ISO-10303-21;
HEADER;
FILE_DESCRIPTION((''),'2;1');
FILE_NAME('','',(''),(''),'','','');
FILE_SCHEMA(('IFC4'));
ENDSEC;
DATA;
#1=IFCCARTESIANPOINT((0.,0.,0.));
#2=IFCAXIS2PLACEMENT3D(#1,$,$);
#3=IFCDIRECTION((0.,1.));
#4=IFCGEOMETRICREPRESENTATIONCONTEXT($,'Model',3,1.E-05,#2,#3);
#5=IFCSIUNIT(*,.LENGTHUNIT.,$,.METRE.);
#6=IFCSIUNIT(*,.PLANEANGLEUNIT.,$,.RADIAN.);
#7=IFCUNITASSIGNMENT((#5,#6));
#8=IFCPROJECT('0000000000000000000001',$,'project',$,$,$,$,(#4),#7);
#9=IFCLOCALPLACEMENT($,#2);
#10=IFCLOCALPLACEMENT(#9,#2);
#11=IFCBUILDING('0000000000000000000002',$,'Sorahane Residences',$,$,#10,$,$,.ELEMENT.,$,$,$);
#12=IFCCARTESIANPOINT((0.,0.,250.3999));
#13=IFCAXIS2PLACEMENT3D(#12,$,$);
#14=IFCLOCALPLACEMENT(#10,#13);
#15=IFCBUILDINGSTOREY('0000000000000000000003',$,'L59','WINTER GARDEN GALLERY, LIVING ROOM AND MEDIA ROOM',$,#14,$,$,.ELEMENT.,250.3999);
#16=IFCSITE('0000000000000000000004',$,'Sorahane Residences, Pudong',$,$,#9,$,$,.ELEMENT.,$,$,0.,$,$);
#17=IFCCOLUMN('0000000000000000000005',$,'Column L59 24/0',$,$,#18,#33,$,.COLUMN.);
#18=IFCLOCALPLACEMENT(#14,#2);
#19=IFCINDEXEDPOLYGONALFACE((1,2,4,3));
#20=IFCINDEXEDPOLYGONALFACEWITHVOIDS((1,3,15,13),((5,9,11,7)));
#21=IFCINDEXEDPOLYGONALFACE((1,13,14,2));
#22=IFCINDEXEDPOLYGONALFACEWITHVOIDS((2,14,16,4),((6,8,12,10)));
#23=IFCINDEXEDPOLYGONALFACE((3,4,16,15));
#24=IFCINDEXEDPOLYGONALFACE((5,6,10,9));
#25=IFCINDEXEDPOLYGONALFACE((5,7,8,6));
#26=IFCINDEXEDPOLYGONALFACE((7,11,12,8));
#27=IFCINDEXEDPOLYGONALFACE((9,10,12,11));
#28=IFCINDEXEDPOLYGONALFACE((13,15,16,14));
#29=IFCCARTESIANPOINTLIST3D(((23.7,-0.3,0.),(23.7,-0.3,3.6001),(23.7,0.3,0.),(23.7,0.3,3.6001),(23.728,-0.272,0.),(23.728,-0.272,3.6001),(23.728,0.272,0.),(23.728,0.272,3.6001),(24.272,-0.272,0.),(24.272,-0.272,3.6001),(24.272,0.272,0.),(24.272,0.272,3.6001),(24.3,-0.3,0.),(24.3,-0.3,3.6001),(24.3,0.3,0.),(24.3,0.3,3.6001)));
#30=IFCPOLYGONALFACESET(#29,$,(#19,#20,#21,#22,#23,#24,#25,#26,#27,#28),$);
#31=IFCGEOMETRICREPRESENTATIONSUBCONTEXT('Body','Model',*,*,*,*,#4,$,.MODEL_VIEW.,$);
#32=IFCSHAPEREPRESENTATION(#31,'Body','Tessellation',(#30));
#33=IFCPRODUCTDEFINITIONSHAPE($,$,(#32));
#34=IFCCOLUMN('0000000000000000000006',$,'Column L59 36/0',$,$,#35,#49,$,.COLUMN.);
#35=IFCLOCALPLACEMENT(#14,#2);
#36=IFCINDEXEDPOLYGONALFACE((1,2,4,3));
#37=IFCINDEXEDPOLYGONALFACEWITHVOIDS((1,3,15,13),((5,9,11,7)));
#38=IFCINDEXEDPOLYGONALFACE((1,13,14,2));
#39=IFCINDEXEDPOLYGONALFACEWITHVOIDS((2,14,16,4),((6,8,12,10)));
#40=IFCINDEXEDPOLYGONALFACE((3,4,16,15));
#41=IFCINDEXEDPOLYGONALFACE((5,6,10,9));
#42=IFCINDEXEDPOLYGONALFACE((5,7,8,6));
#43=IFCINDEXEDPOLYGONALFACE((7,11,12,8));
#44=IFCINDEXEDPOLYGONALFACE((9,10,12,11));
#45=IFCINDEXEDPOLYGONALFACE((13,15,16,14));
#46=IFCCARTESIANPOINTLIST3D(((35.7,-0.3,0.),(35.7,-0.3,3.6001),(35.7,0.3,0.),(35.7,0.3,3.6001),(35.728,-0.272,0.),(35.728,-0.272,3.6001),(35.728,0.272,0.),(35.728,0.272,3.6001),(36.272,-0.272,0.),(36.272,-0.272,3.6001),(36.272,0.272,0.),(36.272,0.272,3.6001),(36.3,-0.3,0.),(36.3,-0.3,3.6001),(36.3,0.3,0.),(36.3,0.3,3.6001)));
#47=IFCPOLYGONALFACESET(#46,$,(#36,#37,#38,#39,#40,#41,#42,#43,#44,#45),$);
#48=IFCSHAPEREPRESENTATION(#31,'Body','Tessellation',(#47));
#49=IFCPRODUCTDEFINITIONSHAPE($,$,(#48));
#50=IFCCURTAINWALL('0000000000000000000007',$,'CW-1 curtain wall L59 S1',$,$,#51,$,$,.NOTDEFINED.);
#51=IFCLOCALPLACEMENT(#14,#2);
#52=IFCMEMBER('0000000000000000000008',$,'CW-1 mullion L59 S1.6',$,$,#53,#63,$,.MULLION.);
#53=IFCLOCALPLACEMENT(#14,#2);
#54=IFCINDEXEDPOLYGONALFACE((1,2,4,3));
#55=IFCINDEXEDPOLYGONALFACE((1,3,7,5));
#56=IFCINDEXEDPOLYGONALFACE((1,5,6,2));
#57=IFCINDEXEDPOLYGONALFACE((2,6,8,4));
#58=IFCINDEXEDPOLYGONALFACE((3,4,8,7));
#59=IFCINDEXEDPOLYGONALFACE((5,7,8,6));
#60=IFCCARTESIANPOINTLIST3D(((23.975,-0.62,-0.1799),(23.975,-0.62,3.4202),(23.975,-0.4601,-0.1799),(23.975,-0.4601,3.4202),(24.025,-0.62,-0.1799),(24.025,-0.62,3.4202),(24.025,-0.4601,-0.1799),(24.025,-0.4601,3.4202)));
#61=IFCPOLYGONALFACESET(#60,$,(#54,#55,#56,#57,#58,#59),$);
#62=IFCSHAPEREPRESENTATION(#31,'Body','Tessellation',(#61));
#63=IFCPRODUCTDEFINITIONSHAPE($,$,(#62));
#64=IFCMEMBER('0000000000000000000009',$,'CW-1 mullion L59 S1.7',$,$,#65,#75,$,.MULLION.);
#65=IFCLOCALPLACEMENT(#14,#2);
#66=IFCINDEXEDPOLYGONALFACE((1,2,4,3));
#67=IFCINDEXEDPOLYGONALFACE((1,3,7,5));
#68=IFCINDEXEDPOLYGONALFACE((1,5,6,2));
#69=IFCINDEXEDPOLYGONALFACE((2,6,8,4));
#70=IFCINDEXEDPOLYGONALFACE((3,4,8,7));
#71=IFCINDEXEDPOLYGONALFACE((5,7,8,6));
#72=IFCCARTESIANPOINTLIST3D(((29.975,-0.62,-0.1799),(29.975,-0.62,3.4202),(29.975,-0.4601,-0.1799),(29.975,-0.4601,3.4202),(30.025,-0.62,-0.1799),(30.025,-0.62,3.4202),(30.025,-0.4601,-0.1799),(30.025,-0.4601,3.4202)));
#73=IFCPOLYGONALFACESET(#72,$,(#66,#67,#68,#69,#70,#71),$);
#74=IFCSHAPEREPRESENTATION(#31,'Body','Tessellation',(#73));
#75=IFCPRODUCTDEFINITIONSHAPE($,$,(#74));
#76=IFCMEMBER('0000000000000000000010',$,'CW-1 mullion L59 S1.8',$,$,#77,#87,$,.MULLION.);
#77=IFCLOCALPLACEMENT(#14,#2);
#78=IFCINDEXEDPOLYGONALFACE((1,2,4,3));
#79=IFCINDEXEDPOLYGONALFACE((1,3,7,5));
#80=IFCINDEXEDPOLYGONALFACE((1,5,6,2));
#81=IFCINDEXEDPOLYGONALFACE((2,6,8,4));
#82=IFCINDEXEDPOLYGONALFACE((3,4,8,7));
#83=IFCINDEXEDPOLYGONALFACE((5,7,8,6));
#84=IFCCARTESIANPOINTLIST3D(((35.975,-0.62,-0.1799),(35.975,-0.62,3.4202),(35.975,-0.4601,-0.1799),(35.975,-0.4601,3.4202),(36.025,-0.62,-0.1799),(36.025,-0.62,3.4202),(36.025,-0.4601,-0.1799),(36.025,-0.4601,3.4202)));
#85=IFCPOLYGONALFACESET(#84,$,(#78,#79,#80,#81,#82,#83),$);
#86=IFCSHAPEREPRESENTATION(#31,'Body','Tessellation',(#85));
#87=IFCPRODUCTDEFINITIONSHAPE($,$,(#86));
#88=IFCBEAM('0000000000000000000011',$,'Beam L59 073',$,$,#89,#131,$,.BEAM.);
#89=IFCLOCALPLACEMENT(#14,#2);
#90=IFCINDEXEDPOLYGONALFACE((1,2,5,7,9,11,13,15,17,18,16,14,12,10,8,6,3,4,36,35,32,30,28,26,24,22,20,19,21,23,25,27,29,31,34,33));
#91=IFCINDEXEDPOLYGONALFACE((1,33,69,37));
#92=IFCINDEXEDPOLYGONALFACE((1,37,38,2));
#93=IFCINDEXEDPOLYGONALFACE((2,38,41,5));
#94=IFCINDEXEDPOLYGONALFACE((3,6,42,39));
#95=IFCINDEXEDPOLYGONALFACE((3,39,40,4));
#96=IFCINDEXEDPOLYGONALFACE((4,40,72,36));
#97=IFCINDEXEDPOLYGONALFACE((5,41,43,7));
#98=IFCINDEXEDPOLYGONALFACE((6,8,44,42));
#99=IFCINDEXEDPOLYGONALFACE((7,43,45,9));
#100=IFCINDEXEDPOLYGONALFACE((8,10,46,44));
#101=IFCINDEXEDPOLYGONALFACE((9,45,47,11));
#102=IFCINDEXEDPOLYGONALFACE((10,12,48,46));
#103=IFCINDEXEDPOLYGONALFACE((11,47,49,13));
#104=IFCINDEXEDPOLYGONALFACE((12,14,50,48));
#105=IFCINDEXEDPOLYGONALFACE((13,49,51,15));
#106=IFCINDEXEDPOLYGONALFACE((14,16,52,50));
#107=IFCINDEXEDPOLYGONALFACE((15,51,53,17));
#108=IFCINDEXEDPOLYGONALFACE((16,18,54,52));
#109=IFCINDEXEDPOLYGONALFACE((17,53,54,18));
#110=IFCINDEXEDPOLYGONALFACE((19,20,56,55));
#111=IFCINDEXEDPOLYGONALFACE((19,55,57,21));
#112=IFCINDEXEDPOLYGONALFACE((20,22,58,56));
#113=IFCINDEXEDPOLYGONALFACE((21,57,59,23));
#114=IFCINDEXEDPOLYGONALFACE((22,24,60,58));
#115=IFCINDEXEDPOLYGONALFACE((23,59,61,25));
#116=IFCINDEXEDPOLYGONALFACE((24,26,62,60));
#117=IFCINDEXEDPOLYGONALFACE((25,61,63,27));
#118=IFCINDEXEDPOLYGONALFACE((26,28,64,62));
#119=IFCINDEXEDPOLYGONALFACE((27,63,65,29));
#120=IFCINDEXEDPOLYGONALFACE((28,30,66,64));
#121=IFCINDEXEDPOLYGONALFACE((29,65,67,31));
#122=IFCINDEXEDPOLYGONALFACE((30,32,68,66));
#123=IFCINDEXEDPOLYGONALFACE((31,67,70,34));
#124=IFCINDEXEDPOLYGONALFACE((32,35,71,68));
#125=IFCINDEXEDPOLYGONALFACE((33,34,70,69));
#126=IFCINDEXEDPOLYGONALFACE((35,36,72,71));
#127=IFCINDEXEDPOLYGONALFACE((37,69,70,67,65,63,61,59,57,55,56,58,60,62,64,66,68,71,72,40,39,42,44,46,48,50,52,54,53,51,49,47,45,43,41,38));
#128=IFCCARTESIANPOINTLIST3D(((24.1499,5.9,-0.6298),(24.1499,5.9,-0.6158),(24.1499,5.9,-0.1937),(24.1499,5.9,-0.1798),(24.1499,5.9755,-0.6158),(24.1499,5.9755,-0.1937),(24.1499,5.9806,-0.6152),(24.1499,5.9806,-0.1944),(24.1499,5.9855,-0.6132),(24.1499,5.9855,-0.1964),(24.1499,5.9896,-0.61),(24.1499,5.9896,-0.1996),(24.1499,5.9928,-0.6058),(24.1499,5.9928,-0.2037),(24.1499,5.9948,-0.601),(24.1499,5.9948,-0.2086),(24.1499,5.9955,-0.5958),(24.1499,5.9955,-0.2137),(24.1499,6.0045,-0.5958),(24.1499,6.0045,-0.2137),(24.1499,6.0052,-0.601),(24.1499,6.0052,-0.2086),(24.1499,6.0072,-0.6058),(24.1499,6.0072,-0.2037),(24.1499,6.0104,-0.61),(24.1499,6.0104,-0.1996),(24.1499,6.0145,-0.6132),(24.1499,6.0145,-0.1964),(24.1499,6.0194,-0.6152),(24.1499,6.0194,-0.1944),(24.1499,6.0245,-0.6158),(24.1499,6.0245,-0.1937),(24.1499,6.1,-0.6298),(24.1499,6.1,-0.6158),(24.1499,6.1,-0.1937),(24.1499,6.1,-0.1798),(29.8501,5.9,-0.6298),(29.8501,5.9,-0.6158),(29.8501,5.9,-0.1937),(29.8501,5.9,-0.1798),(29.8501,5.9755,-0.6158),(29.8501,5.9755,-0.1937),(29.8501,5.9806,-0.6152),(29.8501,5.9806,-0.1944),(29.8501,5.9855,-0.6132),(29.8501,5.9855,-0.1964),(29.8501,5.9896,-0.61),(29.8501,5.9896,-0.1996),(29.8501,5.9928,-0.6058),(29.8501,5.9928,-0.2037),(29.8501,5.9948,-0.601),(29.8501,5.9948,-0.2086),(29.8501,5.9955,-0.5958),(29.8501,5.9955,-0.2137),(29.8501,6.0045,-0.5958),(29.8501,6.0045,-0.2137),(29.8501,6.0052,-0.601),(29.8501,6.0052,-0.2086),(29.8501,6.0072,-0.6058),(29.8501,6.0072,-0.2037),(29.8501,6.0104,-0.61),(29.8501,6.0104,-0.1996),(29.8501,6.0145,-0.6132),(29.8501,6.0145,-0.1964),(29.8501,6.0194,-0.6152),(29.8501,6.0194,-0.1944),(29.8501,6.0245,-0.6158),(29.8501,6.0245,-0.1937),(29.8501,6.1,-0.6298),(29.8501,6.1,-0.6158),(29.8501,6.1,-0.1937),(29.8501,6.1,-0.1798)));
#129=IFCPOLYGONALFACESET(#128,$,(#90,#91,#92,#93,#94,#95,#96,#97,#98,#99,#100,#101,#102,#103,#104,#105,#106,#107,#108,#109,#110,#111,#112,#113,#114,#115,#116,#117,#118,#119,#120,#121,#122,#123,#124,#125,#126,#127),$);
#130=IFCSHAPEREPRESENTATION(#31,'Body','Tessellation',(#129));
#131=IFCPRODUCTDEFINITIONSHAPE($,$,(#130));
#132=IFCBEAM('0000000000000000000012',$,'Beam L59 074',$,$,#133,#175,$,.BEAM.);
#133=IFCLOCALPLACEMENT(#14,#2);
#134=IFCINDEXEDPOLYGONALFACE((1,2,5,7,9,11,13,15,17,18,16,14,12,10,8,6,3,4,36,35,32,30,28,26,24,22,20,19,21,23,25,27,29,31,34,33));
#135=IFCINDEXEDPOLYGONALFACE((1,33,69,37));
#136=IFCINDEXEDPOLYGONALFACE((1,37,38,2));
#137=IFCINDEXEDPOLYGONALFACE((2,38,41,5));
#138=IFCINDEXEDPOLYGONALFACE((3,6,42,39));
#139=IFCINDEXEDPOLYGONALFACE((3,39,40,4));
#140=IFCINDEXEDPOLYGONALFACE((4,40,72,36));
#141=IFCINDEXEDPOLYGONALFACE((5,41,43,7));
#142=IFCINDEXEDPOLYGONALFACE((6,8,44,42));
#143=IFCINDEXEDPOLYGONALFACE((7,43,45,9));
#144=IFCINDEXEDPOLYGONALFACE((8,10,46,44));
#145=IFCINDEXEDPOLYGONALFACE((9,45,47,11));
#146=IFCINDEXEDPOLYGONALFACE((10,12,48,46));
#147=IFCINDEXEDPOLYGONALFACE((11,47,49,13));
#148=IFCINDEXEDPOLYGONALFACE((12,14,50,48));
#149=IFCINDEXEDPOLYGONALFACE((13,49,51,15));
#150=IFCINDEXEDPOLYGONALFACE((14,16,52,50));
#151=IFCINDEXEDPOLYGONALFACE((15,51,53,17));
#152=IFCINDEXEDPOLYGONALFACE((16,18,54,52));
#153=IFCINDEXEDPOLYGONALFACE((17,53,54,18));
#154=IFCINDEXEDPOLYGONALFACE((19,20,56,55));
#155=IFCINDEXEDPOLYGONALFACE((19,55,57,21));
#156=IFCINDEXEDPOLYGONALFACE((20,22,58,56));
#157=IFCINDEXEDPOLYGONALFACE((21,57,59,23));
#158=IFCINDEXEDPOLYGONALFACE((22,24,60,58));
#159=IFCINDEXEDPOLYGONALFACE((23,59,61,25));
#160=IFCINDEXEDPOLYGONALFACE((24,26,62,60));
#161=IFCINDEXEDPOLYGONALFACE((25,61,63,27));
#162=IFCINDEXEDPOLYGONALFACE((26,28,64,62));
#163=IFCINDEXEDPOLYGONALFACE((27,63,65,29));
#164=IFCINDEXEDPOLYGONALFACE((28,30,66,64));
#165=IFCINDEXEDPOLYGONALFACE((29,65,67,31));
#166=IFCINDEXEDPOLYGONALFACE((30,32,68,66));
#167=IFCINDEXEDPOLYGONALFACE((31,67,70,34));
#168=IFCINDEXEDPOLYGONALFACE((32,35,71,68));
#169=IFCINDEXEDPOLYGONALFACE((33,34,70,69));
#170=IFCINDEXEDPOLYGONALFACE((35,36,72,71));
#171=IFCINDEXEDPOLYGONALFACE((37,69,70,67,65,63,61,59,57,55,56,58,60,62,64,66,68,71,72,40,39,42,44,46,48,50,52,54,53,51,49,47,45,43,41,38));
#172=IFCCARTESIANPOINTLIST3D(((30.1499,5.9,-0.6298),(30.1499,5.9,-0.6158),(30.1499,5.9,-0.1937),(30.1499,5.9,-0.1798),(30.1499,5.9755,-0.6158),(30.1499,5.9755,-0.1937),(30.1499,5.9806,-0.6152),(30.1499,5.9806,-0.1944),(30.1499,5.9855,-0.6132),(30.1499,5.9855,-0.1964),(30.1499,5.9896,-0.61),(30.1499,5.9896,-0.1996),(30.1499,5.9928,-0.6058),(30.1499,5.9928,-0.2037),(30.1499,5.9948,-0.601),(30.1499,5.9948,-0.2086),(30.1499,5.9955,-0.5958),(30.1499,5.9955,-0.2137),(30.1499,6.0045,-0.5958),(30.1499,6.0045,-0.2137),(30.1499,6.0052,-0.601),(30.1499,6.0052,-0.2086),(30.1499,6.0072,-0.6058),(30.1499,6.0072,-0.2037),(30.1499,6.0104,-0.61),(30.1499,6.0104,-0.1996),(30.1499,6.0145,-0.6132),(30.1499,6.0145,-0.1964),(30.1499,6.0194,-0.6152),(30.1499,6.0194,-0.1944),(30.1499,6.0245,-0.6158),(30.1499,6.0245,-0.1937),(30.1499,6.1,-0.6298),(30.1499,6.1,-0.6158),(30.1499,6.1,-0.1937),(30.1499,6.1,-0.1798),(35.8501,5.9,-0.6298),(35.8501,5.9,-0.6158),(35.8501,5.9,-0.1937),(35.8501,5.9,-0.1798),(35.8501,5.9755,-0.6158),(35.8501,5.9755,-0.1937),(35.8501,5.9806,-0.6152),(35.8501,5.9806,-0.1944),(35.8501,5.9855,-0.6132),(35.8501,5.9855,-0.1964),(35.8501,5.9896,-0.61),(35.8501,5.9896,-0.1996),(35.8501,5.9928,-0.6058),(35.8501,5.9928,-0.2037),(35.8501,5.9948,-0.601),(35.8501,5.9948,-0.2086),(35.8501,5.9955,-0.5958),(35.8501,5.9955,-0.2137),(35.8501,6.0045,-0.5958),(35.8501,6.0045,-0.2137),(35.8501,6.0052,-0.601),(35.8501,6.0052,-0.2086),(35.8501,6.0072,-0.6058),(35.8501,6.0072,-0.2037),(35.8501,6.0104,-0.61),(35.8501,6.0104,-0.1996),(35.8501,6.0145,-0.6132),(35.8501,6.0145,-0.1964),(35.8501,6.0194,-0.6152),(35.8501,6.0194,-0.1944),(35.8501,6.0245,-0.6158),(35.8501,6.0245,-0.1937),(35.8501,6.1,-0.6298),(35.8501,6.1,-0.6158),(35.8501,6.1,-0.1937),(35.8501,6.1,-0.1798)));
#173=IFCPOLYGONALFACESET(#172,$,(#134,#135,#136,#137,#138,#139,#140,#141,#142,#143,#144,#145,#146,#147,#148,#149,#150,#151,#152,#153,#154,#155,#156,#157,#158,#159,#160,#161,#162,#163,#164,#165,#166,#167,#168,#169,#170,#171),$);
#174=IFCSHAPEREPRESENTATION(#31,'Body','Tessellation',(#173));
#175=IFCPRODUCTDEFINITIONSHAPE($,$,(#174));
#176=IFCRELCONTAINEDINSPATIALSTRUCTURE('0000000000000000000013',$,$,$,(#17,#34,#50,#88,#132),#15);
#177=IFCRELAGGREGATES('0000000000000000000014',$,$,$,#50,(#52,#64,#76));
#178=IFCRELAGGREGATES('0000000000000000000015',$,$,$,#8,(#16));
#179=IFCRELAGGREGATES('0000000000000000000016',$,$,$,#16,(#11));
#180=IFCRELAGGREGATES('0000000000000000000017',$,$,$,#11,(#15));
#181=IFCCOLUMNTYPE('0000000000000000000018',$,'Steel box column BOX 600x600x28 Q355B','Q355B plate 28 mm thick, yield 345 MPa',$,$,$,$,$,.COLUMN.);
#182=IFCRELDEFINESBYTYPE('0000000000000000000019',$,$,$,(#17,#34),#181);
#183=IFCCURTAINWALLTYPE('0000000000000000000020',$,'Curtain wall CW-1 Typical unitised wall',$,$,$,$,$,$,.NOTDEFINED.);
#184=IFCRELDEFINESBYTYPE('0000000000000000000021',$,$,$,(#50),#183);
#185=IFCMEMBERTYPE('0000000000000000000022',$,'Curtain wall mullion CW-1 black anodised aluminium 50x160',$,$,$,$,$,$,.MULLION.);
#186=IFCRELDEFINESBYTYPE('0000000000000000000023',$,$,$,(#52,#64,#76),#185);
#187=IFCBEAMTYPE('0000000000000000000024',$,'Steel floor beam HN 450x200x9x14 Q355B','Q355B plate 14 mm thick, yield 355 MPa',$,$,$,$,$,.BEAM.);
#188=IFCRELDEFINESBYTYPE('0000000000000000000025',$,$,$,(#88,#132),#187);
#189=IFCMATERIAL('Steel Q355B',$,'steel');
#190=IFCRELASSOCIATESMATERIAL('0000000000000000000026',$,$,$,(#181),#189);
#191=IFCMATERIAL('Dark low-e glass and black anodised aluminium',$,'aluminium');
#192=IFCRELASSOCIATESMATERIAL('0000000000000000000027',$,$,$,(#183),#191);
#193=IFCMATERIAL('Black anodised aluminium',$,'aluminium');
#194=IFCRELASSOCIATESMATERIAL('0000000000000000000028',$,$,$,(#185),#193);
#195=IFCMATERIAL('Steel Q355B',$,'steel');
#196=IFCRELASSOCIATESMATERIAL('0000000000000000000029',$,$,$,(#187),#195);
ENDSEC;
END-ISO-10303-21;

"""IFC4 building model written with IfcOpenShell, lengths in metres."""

from ifc_helpers import new_model, si_unit, direction, frame, origin, origin_2d, place, context, subcontext, project, spatial, rectangle, hollow_rectangle, i_section, extrude, material, material_profile, profile_set, type_object, element, aggregate, save


model = new_model("IFC4")

# Units and contexts
model_context = context("Model", 3, precision=1e-05, world=origin(), true_north=direction((0.0, 1.0)))
body_context = subcontext(model_context, "Body", "Model", "MODEL_VIEW")
ifc_project = project(units=[si_unit("LENGTHUNIT", "METRE"), si_unit("PLANEANGLEUNIT", "RADIAN")], contexts=[model_context])

# Site, building, storey
site_placement = place(None, origin())
site = spatial("IfcSite", under=ifc_project, at=site_placement, Name="Sorahane Residences, Pudong", CompositionType="ELEMENT", RefElevation=0.0)
building_placement = place(site_placement, origin())
building = spatial("IfcBuilding", under=site, at=building_placement, Name="Sorahane Residences", CompositionType="ELEMENT")
storey_placement = place(building_placement, frame((0.0, 0.0, 250.3999)))
storey = spatial("IfcBuildingStorey", under=building, at=storey_placement, Name="L59", Description="WINTER GARDEN GALLERY, LIVING ROOM AND MEDIA ROOM", CompositionType="ELEMENT", Elevation=250.3999)

# Columns
ifc_material_1 = material(Name="Steel Q355B", Category="steel")
ifc_material_profile_1 = material_profile(ifc_material_1, hollow_rectangle(XDim=0.6001, YDim=0.6001, WallThickness=0.0281, at=origin_2d()), Name="BOX 600x600x28")
ifc_profile_set_1 = profile_set([ifc_material_profile_1], Name="Steel Q355B")
column_type = type_object("IfcColumnType", Name="Steel box column BOX 600x600x28 Q355B", Description="Q355B plate 28 mm thick, yield 345 MPa", PredefinedType="COLUMN", material=ifc_profile_set_1)
for number, where, z_axis, x_axis, name in (
    (1, (24.0, 0.0, 0.0), (0.0, 0.0, 1.0), (1.0, 0.0, 0.0), "Column L59 24/0"),
    (2, (36.0, 0.0, 0.0), (0.0, 0.0, 1.0), (1.0, 0.0, 0.0), "Column L59 36/0"),
):
    element("IfcColumn", number, at=place(storey_placement, frame(where, z_axis=z_axis, x_axis=x_axis)), inside=storey, type_object=column_type, Name=name, PredefinedType="COLUMN", context=body_context, shape_type="SweptSolid", body=[
        extrude(hollow_rectangle(XDim=0.6001, YDim=0.6001, WallThickness=0.0281, at=origin_2d()), origin(), (0.0, 0.0, 1.0), 3.6001),
    ])

# Curtain wall, members
ifc_material_2 = material(Name="Dark low-e glass and black anodised aluminium", Category="aluminium")
curtain_wall_type = type_object("IfcCurtainWallType", Name="Curtain wall CW-1 Typical unitised wall", PredefinedType="NOTDEFINED", material=ifc_material_2)
curtain_wall_placement = place(storey_placement, origin())
curtain_wall = element("IfcCurtainWall", 3, at=curtain_wall_placement, inside=storey, type_object=curtain_wall_type, Name="CW-1 curtain wall L59 S1", PredefinedType="NOTDEFINED")
ifc_material_3 = material(Name="Black anodised aluminium", Category="aluminium")
ifc_material_profile_2 = material_profile(ifc_material_3, rectangle(XDim=0.1599, YDim=0.05, at=origin_2d()), Name="Curtain wall mullion CW-1 black anodised aluminium 50x160")
ifc_profile_set_2 = profile_set([ifc_material_profile_2], Name="Black anodised aluminium")
member_type = type_object("IfcMemberType", Name="Curtain wall mullion CW-1 black anodised aluminium 50x160", PredefinedType="MULLION", material=ifc_profile_set_2)
member_1_placement = place(storey_placement, frame((24.0, -0.54, -0.1799), z_axis=(0.0, 0.0, 1.0), x_axis=(0.0, -1.0, 0.0)))
member_1 = element("IfcMember", 4, at=member_1_placement, type_object=member_type, Name="CW-1 mullion L59 S1.6", PredefinedType="MULLION", context=body_context, shape_type="SweptSolid", body=[
    extrude(rectangle(XDim=0.1599, YDim=0.05, at=origin_2d()), origin(), (0.0, 0.0, 1.0), 3.6001),
])
member_2_placement = place(storey_placement, frame((30.0, -0.54, -0.1799), z_axis=(0.0, 0.0, 1.0), x_axis=(0.0, -1.0, 0.0)))
member_2 = element("IfcMember", 5, at=member_2_placement, type_object=member_type, Name="CW-1 mullion L59 S1.7", PredefinedType="MULLION", context=body_context, shape_type="SweptSolid", body=[
    extrude(rectangle(XDim=0.1599, YDim=0.05, at=origin_2d()), origin(), (0.0, 0.0, 1.0), 3.6001),
])
member_3_placement = place(storey_placement, frame((36.0, -0.54, -0.1799), z_axis=(0.0, 0.0, 1.0), x_axis=(0.0, -1.0, 0.0)))
member_3 = element("IfcMember", 6, at=member_3_placement, type_object=member_type, Name="CW-1 mullion L59 S1.8", PredefinedType="MULLION", context=body_context, shape_type="SweptSolid", body=[
    extrude(rectangle(XDim=0.1599, YDim=0.05, at=origin_2d()), origin(), (0.0, 0.0, 1.0), 3.6001),
])

# Beams
ifc_material_4 = material(Name="Steel Q355B", Category="steel")
ifc_material_profile_3 = material_profile(ifc_material_4, i_section(OverallWidth=0.2, OverallDepth=0.45, WebThickness=0.009, FlangeThickness=0.0139, FilletRadius=0.02, at=origin_2d()), Name="HN 450x200x9x14")
ifc_profile_set_3 = profile_set([ifc_material_profile_3], Name="Steel Q355B")
beam_type_1 = type_object("IfcBeamType", Name="Steel floor beam HN 450x200x9x14 Q355B", Description="Q355B plate 14 mm thick, yield 355 MPa", PredefinedType="BEAM", material=ifc_profile_set_3)
for number, where, z_axis, x_axis, name in (
    (7, (24.1499, 6.0, -0.4048), (1.0, 0.0, 0.0), (0.0, 1.0, 0.0), "Beam L59 073"),
    (8, (30.1499, 6.0, -0.4048), (1.0, 0.0, 0.0), (0.0, 1.0, 0.0), "Beam L59 074"),
):
    element("IfcBeam", number, at=place(storey_placement, frame(where, z_axis=z_axis, x_axis=x_axis)), inside=storey, type_object=beam_type_1, Name=name, PredefinedType="BEAM", context=body_context, shape_type="SweptSolid", body=[
        extrude(i_section(OverallWidth=0.2, OverallDepth=0.45, WebThickness=0.009, FlangeThickness=0.0139, FilletRadius=0.02, at=origin_2d()), origin(), (0.0, 0.0, 1.0), 5.7002),
    ])

aggregate(curtain_wall, [member_1, member_2, member_3])

save(model, "model.ifc")
